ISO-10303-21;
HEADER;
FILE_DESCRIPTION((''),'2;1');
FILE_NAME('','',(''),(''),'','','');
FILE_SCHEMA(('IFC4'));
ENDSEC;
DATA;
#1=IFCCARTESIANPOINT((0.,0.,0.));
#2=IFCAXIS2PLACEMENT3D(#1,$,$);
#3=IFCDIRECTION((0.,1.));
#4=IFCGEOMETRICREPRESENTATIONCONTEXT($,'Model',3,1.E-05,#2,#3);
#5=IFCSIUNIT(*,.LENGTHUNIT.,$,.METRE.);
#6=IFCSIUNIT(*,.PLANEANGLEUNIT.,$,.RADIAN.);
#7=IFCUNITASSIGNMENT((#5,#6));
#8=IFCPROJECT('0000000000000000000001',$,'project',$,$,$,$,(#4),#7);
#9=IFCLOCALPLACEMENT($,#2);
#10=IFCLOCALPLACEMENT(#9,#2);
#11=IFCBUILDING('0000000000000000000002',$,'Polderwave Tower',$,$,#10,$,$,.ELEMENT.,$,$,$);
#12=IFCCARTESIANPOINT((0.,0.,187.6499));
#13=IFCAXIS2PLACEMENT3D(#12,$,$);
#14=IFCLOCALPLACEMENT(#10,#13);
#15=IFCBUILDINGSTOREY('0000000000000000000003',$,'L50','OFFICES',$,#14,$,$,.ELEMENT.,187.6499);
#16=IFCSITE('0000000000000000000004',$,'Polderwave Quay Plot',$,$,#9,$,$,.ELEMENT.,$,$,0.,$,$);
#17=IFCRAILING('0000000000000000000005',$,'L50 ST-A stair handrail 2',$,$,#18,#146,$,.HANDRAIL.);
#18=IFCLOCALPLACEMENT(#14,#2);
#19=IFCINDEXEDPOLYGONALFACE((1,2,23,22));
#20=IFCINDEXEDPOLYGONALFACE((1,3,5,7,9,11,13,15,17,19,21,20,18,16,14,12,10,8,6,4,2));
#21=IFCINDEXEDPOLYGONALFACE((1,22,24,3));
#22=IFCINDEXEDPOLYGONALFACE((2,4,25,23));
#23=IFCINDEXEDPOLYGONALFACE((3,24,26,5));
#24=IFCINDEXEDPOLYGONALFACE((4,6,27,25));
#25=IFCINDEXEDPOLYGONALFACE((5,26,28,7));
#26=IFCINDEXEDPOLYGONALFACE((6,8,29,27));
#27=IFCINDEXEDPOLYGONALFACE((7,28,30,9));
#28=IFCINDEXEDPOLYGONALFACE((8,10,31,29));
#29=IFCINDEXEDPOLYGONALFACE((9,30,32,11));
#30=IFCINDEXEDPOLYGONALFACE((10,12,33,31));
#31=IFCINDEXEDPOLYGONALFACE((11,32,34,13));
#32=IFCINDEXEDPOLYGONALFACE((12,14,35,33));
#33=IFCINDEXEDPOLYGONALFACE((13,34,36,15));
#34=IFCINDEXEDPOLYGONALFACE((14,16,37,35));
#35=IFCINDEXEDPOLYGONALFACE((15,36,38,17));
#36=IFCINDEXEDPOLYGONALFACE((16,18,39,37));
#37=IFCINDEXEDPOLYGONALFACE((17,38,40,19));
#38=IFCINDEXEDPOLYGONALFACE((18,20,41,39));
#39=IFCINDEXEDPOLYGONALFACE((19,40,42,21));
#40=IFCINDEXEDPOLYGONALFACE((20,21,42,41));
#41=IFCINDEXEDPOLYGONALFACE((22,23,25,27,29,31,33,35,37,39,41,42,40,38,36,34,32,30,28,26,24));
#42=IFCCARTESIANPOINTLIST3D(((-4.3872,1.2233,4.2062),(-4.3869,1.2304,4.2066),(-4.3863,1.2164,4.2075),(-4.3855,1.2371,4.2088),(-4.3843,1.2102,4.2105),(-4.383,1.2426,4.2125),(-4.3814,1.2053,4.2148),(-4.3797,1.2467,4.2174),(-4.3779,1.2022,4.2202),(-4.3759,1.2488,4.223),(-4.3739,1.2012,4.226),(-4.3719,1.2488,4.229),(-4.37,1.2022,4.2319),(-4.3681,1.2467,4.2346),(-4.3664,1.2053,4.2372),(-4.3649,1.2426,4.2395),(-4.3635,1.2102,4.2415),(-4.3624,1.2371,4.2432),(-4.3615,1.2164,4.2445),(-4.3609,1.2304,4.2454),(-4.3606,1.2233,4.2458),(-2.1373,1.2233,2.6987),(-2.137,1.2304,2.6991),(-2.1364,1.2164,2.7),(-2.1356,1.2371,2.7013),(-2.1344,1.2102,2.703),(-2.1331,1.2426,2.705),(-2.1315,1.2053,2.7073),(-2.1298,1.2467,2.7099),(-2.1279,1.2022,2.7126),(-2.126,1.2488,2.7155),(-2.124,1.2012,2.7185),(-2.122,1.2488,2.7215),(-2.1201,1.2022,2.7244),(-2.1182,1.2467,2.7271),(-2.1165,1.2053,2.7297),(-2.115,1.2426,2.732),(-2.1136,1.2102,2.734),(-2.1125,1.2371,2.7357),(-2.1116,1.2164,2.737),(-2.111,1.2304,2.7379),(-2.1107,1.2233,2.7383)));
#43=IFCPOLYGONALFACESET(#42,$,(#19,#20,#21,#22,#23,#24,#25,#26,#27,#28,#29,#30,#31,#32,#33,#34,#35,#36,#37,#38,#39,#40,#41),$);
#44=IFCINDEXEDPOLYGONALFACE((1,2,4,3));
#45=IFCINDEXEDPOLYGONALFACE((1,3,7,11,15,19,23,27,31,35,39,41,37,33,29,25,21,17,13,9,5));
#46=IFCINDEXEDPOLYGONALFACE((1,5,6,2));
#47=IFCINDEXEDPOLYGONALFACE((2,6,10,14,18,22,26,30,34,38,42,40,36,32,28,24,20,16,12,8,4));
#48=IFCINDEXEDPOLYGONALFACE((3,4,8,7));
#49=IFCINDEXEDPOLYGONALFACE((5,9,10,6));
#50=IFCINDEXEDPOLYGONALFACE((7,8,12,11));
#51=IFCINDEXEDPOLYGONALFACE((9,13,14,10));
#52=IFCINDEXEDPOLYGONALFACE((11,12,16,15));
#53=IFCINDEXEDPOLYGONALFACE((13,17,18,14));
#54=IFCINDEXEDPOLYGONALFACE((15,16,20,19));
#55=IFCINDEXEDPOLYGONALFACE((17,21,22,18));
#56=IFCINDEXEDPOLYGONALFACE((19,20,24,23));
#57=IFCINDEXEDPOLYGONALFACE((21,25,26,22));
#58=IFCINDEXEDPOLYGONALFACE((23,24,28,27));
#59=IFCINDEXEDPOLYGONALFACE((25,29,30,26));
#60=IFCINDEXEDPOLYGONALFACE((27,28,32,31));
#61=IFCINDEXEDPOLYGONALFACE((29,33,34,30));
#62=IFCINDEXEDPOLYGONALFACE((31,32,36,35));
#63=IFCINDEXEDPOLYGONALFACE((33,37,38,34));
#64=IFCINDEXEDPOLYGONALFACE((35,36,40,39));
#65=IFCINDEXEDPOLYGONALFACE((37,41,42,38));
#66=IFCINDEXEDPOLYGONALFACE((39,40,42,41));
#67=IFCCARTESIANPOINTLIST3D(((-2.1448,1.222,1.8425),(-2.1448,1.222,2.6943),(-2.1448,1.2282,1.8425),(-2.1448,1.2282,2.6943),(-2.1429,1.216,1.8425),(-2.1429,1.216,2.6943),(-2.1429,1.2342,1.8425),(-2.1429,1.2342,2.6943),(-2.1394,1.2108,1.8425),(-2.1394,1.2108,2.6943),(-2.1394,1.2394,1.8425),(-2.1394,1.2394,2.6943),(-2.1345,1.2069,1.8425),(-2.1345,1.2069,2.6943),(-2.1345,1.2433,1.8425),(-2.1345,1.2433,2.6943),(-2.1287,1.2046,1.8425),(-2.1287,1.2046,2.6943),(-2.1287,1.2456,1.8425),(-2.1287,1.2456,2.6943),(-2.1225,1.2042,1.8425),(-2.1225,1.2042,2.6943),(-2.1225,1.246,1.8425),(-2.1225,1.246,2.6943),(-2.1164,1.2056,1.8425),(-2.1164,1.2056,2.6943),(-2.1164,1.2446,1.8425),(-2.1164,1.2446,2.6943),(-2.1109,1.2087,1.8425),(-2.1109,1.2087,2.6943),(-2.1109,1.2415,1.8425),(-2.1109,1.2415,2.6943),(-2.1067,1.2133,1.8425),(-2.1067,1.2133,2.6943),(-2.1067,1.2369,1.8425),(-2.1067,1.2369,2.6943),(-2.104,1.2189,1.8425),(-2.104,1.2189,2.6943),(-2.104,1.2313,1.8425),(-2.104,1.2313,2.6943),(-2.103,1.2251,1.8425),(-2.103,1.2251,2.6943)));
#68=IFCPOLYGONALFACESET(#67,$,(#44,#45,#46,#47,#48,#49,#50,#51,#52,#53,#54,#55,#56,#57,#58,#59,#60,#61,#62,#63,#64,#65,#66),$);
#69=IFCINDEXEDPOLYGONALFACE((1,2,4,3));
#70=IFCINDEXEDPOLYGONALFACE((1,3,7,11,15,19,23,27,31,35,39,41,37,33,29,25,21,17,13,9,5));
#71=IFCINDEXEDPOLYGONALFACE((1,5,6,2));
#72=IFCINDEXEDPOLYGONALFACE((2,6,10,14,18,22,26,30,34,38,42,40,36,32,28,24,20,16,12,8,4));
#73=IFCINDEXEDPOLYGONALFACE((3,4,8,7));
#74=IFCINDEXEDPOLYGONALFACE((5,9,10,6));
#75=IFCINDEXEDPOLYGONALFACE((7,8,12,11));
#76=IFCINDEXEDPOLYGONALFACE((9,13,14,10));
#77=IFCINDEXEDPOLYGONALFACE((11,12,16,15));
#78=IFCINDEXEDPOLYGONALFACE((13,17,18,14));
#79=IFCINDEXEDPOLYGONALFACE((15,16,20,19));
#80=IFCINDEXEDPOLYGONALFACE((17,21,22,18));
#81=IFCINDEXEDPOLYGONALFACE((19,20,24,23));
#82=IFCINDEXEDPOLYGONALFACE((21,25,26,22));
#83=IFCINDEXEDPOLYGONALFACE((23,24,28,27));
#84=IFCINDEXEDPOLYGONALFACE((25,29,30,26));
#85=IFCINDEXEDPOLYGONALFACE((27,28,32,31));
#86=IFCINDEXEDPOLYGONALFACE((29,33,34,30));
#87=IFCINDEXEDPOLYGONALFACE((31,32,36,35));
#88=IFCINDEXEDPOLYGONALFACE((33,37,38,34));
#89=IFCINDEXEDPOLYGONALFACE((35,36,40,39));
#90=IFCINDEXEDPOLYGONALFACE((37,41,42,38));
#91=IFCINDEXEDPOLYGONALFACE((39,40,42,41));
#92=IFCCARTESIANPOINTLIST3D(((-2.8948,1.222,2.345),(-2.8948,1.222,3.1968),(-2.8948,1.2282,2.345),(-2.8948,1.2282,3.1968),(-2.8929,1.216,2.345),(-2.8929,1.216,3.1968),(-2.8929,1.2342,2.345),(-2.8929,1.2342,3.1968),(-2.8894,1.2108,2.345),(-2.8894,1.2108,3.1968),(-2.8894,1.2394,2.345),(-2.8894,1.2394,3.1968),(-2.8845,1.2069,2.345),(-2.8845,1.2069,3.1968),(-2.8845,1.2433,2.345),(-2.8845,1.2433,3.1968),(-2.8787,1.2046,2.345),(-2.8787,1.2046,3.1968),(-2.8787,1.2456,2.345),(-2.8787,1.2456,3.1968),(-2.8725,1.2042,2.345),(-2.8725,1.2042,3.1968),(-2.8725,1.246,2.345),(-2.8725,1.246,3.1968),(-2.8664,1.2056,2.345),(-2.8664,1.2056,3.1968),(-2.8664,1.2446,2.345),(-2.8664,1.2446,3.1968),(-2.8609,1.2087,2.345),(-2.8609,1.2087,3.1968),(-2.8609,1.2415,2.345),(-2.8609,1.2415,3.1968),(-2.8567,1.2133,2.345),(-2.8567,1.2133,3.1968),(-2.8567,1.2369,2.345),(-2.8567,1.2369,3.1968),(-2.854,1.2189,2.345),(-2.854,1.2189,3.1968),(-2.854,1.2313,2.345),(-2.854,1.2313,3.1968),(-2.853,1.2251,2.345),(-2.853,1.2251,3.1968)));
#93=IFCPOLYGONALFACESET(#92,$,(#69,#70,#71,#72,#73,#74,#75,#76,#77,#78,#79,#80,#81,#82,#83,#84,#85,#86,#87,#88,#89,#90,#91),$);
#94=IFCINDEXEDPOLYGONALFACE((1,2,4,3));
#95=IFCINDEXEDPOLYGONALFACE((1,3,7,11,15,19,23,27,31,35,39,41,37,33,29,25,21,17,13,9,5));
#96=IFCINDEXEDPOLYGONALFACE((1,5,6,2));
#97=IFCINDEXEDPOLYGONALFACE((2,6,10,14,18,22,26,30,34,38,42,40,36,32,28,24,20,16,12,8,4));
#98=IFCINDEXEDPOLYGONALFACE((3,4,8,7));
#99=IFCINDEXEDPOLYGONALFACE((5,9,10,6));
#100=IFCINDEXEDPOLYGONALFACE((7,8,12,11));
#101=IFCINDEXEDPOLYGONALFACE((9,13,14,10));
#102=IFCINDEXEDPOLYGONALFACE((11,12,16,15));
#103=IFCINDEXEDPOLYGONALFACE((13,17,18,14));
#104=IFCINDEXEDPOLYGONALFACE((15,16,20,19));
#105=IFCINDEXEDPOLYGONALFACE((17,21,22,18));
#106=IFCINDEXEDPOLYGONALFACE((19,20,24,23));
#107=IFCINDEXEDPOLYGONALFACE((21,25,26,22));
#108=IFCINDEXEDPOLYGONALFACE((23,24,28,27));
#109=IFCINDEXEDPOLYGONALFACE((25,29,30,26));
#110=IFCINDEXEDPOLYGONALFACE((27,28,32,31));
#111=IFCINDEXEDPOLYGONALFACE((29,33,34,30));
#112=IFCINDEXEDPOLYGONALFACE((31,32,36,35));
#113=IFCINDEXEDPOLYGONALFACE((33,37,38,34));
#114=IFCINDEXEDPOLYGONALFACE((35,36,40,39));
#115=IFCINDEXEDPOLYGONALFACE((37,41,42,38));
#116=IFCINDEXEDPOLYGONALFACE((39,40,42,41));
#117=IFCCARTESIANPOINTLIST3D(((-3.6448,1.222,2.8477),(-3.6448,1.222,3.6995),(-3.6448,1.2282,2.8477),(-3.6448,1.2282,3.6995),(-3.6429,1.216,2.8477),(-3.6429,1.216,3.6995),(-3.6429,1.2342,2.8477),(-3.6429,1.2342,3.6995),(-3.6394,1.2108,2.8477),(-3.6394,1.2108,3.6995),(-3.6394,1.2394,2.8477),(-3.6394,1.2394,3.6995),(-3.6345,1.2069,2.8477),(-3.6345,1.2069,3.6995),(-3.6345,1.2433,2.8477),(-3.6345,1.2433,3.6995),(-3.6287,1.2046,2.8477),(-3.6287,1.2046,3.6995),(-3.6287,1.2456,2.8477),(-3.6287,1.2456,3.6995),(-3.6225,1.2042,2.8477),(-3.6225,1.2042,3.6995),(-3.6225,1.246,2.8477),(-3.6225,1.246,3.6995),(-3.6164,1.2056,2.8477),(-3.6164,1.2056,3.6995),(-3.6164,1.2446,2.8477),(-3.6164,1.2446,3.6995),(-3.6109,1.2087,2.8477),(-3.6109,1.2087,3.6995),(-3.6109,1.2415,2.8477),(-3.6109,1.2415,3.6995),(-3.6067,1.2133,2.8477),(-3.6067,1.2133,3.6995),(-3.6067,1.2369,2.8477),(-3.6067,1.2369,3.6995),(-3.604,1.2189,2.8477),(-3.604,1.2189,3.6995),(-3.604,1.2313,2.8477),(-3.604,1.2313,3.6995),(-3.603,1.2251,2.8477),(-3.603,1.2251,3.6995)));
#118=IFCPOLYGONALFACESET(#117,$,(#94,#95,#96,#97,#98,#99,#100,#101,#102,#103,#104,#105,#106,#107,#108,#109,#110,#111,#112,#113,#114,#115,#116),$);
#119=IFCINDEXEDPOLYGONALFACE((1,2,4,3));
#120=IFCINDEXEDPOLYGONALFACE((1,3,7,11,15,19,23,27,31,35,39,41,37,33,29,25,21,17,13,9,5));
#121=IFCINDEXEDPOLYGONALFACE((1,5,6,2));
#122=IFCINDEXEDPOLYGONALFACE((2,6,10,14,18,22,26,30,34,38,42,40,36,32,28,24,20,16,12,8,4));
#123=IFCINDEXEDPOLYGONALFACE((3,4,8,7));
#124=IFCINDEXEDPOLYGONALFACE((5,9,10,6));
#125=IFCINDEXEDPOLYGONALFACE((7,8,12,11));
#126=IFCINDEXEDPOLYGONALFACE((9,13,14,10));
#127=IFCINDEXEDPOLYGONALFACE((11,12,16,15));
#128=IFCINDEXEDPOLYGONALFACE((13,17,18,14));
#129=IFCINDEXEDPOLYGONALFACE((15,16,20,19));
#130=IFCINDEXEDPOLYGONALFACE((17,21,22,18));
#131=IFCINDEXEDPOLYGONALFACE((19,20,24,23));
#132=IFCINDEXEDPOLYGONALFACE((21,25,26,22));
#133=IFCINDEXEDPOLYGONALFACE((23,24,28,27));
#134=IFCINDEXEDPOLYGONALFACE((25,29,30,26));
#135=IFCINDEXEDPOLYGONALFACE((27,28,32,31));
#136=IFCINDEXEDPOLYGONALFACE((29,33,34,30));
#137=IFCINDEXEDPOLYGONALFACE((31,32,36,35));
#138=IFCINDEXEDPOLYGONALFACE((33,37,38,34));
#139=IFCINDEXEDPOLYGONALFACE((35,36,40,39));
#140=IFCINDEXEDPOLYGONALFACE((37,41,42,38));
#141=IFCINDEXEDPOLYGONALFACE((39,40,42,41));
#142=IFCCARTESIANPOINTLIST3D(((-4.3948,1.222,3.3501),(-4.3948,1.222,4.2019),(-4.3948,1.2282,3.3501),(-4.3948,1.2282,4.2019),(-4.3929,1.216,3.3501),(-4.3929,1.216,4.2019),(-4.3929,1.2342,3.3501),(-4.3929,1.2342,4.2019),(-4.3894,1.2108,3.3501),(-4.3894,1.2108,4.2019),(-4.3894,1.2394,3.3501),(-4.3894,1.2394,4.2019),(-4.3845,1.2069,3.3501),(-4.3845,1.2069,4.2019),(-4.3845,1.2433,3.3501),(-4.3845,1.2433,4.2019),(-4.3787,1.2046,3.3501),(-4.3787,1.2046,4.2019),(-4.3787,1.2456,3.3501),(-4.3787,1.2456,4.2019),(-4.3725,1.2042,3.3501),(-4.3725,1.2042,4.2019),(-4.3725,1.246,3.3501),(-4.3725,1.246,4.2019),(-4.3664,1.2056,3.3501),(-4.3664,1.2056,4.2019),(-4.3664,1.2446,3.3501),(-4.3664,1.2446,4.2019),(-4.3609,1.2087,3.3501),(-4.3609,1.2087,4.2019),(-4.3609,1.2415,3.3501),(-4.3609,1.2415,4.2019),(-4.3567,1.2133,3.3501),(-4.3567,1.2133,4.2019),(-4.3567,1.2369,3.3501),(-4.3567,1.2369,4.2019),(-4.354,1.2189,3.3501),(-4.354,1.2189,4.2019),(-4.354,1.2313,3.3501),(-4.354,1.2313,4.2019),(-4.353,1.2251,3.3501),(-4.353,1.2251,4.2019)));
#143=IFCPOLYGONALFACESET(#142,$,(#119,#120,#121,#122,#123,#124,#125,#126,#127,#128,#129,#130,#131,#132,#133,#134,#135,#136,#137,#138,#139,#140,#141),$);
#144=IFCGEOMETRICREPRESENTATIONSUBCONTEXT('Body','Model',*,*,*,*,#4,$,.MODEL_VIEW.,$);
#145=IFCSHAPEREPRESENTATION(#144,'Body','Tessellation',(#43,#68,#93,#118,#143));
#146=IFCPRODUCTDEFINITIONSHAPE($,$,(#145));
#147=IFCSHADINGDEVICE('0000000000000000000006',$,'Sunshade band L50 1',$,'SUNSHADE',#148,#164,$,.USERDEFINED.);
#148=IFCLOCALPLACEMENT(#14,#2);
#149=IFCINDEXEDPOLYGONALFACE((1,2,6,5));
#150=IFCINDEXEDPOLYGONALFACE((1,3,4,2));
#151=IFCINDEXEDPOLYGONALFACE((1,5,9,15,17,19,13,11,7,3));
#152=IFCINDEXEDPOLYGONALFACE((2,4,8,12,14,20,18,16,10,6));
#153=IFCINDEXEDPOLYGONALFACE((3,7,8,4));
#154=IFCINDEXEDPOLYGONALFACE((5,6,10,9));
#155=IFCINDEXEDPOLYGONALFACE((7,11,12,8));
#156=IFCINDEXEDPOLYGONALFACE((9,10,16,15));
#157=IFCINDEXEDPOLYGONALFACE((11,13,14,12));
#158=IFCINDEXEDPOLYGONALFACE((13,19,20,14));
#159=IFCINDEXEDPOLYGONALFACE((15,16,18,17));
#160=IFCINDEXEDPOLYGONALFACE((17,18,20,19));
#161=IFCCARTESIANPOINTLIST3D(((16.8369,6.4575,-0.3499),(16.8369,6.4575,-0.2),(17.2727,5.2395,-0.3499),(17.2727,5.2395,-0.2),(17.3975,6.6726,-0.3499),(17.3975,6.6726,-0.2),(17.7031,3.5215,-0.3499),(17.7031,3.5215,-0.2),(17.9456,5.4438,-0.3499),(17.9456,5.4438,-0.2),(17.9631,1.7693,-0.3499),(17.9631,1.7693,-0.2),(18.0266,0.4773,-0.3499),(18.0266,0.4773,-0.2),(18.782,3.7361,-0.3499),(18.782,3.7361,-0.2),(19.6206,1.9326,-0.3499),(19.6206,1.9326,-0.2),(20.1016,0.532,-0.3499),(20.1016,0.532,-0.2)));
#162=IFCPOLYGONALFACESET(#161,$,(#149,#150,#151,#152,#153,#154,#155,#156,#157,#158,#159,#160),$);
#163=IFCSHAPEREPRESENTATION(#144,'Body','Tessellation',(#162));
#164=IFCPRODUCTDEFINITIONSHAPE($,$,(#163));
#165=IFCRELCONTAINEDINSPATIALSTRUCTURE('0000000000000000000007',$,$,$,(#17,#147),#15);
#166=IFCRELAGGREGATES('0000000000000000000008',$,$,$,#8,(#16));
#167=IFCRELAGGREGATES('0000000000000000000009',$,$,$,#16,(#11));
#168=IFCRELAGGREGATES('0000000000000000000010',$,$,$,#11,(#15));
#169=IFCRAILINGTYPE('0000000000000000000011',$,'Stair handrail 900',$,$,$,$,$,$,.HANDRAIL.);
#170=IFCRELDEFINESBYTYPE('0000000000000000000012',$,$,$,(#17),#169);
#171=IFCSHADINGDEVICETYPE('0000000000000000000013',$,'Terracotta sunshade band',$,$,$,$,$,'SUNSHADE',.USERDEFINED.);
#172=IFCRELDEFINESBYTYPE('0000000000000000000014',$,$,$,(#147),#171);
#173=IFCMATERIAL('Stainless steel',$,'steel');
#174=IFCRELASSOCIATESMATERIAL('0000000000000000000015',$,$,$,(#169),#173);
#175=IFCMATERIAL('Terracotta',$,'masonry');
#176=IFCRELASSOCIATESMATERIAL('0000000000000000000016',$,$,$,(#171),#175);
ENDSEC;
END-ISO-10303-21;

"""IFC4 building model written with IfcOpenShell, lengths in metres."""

from ifc_helpers import new_model, si_unit, direction, frame, origin, origin_2d, place, context, subcontext, project, spatial, polyline, circle, outline, extrude, material, type_object, element, save


model = new_model("IFC4")

# Units and contexts
model_context = context("Model", 3, precision=1e-05, world=origin(), true_north=direction((0.0, 1.0)))
body_context = subcontext(model_context, "Body", "Model", "MODEL_VIEW")
ifc_project = project(units=[si_unit("LENGTHUNIT", "METRE"), si_unit("PLANEANGLEUNIT", "RADIAN")], contexts=[model_context])

# Site, building, storey
site_placement = place(None, origin())
site = spatial("IfcSite", under=ifc_project, at=site_placement, Name="Polderwave Quay Plot", CompositionType="ELEMENT", RefElevation=0.0)
building_placement = place(site_placement, origin())
building = spatial("IfcBuilding", under=site, at=building_placement, Name="Polderwave Tower", CompositionType="ELEMENT")
storey_placement = place(building_placement, frame((0.0, 0.0, 187.6499)))
storey = spatial("IfcBuildingStorey", under=building, at=storey_placement, Name="L50", Description="OFFICES", CompositionType="ELEMENT", Elevation=187.6499)

# Shared definitions
ifc_material_1 = material(Name="Stainless steel", Category="steel")

# Railing
railing_type_1 = type_object("IfcRailingType", Name="Stair handrail 900", PredefinedType="HANDRAIL", material=ifc_material_1)
railing_1_placement = place(storey_placement, frame((-2.124, 1.2251, 1.8425)))
element("IfcRailing", 1, at=railing_1_placement, inside=storey, type_object=railing_type_1, Name="L50 ST-A stair handrail 2", PredefinedType="HANDRAIL", context=body_context, shape_type="SweptSolid", body=[
    extrude(circle(Radius=0.0239, at=origin_2d()), frame((0.0, 0.0, 0.876), z_axis=(-0.830758, 0.0, 0.556633), x_axis=(0.0, -1.0, 0.0)), (0.0, 0.0, 1.0), 2.7083),
    extrude(circle(Radius=0.021, at=origin_2d()), origin(), (0.0, 0.0, 1.0), 0.8518),
    extrude(circle(Radius=0.021, at=origin_2d()), frame((-0.75, 0.0, 0.5024)), (0.0, 0.0, 1.0), 0.8518),
    extrude(circle(Radius=0.021, at=origin_2d()), frame((-1.5, 0.0, 1.0051)), (0.0, 0.0, 1.0), 0.8518),
    extrude(circle(Radius=0.021, at=origin_2d()), frame((-2.25, 0.0, 1.5076)), (0.0, 0.0, 1.0), 0.8518),
])

# Shading device
ifc_material_2 = material(Name="Terracotta", Category="masonry")
shading_device_type = type_object("IfcShadingDeviceType", Name="Terracotta sunshade band", ElementType="SUNSHADE", PredefinedType="USERDEFINED", material=ifc_material_2)
shading_device_placement = place(storey_placement, frame((0.0, 0.0, -0.3499)))
element("IfcShadingDevice", 2, at=shading_device_placement, inside=storey, type_object=shading_device_type, Name="Sunshade band L50 1", ObjectType="SUNSHADE", PredefinedType="USERDEFINED", context=body_context, shape_type="SweptSolid", body=[
    extrude(outline(polyline([(18.0266, 0.4773), (17.9631, 1.7693), (17.7031, 3.5215), (17.2727, 5.2395), (16.8369, 6.4575), (17.3975, 6.6726), (17.9456, 5.4438), (18.782, 3.7361), (19.6206, 1.9326), (20.1016, 0.532), (18.0266, 0.4773)])), origin(), (0.0, 0.0, 1.0), 0.1499),
])

save(model, "model.ifc")
